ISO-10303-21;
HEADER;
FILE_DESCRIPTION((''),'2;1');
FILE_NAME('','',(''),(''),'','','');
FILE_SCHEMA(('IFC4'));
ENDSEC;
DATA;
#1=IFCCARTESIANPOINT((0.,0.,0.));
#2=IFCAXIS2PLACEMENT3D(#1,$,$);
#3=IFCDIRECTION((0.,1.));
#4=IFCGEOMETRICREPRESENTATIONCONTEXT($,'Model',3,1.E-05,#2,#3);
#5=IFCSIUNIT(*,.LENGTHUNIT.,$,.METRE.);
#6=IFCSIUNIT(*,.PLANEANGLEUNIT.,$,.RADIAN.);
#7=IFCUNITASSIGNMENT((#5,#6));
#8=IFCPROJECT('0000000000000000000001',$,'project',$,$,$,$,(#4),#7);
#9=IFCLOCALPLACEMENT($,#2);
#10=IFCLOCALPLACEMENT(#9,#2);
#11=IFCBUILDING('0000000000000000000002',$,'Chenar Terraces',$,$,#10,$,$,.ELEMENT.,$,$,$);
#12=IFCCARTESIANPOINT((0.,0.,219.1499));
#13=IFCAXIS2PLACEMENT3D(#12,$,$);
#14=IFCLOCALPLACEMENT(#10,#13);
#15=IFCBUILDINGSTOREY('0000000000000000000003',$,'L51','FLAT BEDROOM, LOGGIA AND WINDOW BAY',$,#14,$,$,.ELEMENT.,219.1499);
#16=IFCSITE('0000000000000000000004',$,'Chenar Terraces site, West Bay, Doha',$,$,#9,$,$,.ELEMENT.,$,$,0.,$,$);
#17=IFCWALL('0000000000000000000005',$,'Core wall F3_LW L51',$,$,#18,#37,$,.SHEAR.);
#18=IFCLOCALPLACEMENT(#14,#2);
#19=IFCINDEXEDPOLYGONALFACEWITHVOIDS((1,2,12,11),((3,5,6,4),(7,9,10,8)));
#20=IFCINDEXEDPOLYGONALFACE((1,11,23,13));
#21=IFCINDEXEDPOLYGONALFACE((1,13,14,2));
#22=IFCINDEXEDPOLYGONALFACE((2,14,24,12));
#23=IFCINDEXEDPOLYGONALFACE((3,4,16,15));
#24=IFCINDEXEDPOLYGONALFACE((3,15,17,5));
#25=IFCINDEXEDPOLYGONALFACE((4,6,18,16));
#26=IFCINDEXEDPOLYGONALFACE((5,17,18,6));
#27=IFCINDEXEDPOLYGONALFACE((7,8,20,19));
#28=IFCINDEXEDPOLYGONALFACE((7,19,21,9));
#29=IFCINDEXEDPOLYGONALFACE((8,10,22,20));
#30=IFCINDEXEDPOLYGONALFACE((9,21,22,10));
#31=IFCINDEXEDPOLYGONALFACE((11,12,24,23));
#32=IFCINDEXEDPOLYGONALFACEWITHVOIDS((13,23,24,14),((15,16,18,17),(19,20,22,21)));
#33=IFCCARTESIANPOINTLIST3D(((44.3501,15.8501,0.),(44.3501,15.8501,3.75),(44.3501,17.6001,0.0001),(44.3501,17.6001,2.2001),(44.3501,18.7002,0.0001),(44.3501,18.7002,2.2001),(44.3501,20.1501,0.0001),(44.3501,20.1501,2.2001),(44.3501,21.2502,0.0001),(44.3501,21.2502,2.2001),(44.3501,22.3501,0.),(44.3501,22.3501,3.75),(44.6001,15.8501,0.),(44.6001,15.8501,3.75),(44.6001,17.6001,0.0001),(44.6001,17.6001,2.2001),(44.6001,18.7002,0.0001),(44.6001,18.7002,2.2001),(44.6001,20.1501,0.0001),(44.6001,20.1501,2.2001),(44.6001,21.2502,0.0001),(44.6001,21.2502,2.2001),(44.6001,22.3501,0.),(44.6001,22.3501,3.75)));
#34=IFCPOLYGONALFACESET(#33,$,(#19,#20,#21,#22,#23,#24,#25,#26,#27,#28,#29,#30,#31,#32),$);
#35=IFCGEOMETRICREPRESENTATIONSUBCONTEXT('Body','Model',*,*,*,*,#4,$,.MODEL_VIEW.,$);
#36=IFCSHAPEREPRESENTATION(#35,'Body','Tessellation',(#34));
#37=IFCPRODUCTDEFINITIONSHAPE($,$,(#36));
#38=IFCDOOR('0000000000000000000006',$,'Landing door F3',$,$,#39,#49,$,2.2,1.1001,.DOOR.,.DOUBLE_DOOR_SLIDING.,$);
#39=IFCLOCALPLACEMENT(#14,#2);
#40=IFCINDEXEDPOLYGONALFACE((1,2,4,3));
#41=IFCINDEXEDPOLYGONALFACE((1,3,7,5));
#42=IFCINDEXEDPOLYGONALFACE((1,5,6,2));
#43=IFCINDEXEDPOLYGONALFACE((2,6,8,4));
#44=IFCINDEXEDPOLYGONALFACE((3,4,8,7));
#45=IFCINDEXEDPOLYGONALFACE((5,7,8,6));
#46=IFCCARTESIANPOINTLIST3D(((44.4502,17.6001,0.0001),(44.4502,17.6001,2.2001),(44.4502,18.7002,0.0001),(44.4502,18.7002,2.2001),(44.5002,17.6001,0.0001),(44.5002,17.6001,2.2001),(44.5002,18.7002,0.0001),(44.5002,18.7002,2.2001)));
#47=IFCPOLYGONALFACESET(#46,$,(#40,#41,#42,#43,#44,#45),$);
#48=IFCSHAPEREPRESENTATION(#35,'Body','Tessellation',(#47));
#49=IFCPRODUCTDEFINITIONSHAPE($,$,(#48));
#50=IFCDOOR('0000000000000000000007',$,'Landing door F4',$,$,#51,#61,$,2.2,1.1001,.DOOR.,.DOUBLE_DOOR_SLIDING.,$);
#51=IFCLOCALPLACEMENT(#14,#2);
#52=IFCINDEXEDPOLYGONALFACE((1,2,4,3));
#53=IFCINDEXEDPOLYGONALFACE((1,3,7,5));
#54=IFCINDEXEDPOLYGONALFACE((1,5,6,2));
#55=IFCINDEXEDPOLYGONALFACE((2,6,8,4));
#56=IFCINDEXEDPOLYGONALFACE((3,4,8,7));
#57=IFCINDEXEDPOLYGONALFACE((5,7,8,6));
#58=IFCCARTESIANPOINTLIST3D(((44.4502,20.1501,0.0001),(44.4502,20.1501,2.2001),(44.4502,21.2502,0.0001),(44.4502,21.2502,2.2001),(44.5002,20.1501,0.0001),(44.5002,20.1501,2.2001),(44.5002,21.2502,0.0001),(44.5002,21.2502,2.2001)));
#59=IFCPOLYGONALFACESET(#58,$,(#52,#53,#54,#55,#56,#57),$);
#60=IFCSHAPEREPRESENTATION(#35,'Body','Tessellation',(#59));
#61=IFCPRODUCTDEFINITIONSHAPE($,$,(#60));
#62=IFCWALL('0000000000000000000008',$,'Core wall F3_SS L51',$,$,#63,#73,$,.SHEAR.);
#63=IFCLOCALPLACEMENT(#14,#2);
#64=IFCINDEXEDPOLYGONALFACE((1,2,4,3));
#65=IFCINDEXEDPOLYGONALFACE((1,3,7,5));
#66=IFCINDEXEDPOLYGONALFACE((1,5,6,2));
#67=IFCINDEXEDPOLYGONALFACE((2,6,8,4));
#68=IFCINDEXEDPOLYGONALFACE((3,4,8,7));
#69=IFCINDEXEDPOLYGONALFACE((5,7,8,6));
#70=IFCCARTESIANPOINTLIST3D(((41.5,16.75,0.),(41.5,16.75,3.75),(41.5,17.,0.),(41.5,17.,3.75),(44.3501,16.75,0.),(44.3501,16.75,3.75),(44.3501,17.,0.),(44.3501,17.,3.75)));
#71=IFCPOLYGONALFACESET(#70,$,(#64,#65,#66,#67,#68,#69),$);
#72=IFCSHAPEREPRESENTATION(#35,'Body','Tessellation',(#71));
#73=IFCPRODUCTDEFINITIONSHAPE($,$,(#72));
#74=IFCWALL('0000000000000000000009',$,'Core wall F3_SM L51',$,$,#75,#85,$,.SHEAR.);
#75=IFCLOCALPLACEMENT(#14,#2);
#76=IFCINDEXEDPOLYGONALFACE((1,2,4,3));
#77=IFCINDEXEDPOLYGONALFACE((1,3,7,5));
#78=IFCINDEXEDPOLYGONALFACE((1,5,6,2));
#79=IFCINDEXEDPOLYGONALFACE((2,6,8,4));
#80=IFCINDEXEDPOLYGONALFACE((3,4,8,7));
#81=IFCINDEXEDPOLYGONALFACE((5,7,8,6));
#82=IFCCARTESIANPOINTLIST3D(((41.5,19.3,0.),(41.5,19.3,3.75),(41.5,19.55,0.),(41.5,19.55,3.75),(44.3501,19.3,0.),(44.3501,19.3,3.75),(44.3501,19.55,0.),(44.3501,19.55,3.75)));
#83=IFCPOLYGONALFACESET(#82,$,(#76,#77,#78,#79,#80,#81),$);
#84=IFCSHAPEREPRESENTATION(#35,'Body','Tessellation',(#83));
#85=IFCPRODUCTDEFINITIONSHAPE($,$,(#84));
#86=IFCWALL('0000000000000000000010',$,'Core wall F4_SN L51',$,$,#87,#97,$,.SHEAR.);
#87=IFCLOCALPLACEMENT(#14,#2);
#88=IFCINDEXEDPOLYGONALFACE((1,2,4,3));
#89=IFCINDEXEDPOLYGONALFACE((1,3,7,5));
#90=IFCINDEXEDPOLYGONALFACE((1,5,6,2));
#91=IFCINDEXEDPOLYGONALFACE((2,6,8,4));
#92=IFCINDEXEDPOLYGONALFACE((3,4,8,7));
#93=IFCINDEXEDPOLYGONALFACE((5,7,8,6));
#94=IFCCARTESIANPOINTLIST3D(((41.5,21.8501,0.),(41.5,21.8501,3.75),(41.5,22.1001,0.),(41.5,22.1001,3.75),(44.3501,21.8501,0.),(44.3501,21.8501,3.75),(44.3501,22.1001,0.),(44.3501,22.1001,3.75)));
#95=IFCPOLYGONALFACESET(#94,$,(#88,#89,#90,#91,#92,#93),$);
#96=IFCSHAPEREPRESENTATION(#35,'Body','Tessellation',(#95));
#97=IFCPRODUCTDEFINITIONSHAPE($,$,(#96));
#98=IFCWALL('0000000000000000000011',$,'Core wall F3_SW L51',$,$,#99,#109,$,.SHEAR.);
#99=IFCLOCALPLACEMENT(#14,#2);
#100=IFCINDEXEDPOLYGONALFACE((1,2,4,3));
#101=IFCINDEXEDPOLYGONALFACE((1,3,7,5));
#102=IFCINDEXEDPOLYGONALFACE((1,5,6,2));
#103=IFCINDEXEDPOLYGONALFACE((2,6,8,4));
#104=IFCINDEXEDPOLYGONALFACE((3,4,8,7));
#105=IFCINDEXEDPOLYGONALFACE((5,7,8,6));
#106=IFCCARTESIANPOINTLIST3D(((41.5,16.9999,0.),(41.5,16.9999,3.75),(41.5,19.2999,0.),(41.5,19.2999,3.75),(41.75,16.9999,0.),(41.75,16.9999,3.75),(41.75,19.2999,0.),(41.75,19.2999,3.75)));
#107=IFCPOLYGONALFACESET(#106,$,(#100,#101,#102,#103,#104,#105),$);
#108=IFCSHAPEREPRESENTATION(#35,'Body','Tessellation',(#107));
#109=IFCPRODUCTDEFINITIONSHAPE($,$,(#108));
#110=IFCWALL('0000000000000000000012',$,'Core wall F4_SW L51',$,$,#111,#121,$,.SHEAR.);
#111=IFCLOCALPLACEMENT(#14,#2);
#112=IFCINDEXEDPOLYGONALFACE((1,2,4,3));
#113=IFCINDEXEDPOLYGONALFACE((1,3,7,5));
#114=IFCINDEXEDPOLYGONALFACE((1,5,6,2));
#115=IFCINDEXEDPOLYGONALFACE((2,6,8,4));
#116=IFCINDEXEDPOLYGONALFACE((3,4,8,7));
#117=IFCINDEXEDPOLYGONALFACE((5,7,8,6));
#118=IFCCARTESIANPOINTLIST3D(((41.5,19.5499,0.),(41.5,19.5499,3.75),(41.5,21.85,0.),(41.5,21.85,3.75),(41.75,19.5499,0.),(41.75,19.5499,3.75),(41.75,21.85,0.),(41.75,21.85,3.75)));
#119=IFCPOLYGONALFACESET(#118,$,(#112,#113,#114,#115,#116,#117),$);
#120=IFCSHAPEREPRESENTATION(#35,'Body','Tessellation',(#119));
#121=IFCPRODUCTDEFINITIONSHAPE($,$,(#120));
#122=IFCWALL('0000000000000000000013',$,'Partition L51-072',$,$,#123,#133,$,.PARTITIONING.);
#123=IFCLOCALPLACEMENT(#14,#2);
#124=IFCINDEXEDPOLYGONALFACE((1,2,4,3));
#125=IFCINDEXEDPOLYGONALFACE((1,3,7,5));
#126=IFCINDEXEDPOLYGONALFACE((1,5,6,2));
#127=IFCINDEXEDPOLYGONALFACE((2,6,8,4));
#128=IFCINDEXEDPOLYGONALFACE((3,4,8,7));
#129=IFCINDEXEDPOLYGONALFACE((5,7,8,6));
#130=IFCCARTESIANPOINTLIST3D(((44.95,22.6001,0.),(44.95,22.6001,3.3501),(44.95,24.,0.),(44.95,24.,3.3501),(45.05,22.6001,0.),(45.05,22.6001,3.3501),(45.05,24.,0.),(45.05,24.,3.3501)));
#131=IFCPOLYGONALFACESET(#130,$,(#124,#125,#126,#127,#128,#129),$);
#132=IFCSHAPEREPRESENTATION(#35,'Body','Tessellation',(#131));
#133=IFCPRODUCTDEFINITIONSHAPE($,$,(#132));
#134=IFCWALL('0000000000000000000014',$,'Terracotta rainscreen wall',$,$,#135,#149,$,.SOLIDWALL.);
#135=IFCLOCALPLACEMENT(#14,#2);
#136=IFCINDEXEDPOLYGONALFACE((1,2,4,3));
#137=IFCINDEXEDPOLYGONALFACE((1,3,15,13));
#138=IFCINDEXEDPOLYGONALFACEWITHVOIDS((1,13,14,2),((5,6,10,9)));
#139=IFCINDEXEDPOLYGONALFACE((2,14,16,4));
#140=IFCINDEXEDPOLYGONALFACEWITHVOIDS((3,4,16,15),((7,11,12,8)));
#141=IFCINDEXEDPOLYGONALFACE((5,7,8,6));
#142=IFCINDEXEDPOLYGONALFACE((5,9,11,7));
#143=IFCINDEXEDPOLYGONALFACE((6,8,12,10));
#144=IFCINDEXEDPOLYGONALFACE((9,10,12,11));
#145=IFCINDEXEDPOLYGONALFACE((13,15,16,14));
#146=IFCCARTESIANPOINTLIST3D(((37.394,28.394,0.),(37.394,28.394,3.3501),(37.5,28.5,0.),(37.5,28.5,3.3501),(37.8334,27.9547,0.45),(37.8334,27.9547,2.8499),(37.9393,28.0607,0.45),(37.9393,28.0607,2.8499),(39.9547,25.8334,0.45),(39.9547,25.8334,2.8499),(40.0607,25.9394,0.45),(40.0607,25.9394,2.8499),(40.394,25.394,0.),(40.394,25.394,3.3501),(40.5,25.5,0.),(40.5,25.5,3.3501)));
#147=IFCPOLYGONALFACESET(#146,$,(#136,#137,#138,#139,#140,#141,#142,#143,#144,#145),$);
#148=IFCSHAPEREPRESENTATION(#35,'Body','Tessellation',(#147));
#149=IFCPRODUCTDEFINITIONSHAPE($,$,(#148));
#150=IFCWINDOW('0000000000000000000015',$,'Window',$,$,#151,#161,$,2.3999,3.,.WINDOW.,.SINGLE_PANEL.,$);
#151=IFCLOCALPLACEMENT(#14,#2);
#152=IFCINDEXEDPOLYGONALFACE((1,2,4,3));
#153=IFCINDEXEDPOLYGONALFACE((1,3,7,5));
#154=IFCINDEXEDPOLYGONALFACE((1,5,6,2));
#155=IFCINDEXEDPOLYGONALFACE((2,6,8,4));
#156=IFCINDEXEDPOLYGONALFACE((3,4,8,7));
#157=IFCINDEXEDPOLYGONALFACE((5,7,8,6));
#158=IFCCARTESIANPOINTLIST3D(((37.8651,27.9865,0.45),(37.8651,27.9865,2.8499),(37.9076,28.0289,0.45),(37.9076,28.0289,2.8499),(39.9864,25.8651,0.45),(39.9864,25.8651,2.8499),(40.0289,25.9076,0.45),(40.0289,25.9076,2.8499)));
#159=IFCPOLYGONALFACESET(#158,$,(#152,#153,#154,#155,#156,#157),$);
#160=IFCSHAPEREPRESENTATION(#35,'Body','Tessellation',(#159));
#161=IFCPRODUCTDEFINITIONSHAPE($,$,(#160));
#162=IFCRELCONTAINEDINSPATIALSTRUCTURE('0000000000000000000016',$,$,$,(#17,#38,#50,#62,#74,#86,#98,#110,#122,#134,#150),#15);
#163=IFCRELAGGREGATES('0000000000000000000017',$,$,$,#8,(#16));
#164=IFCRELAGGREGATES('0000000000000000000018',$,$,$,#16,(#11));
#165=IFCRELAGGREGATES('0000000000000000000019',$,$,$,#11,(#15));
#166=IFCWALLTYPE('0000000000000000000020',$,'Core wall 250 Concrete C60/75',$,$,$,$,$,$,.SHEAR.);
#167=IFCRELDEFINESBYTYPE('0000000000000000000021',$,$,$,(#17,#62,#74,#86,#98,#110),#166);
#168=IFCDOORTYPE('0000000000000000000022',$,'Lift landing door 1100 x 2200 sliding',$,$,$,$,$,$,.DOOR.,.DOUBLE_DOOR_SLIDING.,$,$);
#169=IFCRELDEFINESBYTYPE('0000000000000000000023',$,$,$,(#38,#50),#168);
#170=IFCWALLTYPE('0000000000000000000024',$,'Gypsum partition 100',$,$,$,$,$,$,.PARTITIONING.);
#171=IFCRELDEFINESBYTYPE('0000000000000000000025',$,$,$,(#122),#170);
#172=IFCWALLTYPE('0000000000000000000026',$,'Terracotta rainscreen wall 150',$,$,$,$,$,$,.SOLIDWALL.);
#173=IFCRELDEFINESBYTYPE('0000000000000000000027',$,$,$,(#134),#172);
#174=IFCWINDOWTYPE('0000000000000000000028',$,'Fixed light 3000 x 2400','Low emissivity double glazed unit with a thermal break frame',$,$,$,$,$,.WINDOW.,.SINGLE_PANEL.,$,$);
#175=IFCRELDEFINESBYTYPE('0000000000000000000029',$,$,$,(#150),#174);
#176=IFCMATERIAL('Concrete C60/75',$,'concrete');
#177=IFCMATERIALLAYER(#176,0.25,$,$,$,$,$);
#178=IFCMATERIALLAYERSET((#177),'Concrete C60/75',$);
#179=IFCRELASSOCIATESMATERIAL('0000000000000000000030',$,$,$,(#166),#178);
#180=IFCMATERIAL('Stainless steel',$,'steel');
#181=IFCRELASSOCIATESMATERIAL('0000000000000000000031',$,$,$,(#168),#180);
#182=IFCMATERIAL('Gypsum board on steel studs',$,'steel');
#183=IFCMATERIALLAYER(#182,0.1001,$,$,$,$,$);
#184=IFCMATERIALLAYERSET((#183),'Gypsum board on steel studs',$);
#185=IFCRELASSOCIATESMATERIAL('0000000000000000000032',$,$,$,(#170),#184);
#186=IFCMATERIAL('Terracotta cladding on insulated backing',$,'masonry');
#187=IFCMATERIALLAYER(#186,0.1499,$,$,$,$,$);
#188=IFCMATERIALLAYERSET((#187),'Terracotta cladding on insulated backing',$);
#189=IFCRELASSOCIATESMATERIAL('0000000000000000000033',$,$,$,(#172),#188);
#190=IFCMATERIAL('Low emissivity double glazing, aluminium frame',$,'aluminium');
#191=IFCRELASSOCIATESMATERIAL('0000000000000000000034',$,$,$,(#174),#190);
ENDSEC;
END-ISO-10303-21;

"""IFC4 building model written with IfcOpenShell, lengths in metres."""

from ifc_helpers import new_model, si_unit, direction, frame, frame_2d, origin, place, context, subcontext, project, spatial, rectangle, extrude, material, layer, layer_set, type_object, element, fill, save


model = new_model("IFC4")

# Units and contexts
model_context = context("Model", 3, precision=1e-05, world=origin(), true_north=direction((0.0, 1.0)))
body_context = subcontext(model_context, "Body", "Model", "MODEL_VIEW")
ifc_project = project(units=[si_unit("LENGTHUNIT", "METRE"), si_unit("PLANEANGLEUNIT", "RADIAN")], contexts=[model_context])

# Site, building, storey
site_placement = place(None, origin())
site = spatial("IfcSite", under=ifc_project, at=site_placement, Name="Chenar Terraces site, West Bay, Doha", CompositionType="ELEMENT", RefElevation=0.0)
building_placement = place(site_placement, origin())
building = spatial("IfcBuilding", under=site, at=building_placement, Name="Chenar Terraces", CompositionType="ELEMENT")
storey_placement = place(building_placement, frame((0.0, 0.0, 219.1499)))
storey = spatial("IfcBuildingStorey", under=building, at=storey_placement, Name="L51", Description="FLAT BEDROOM, LOGGIA AND WINDOW BAY", CompositionType="ELEMENT", Elevation=219.1499)

# Shared definitions
ifc_material_1 = material(Name="Concrete C60/75", Category="concrete")
ifc_layer_1 = layer(ifc_material_1, 0.25)
ifc_layer_set_1 = layer_set([ifc_layer_1], Name="Concrete C60/75")
wall_type_1 = type_object("IfcWallType", Name="Core wall 250 Concrete C60/75", PredefinedType="SHEAR", material=ifc_layer_set_1)

# Wall, openings, doors
wall_1_placement = place(storey_placement, frame((44.4751, 15.8501, 0.0), z_axis=(0.0, 0.0, 1.0), x_axis=(0.0, 1.0, 0.0)))
wall_1 = element("IfcWall", 1, at=wall_1_placement, inside=storey, type_object=wall_type_1, Name="Core wall F3_LW L51", PredefinedType="SHEAR", context=body_context, shape_type="SweptSolid", body=[
    extrude(rectangle(XDim=6.5, YDim=0.25, at=frame_2d((3.25, 0.0))), origin(), (0.0, 0.0, 1.0), 3.75),
])
opening_1_placement = place(wall_1_placement, frame((1.75, 0.0, 0.0)))
opening_1 = element("IfcOpeningElement", 2, at=opening_1_placement, cuts=wall_1, PredefinedType="OPENING", context=body_context, shape_type="SweptSolid", body=[
    extrude(rectangle(XDim=1.1001, YDim=2.2, at=frame_2d((0.55, 1.1001))), frame((0.0, 0.135, 0.0), z_axis=(0.0, -1.0, 0.0), x_axis=(1.0, 0.0, 0.0)), (0.0, 0.0, 1.0), 0.27),
])
opening_2_placement = place(wall_1_placement, frame((4.3, 0.0, 0.0)))
opening_2 = element("IfcOpeningElement", 3, at=opening_2_placement, cuts=wall_1, PredefinedType="OPENING", context=body_context, shape_type="SweptSolid", body=[
    extrude(rectangle(XDim=1.1001, YDim=2.2, at=frame_2d((0.55, 1.1001))), frame((0.0, 0.135, 0.0), z_axis=(0.0, -1.0, 0.0), x_axis=(1.0, 0.0, 0.0)), (0.0, 0.0, 1.0), 0.27),
])
ifc_material_2 = material(Name="Stainless steel", Category="steel")
door_type_1 = type_object("IfcDoorType", Name="Lift landing door 1100 x 2200 sliding", OperationType="DOUBLE_DOOR_SLIDING", PredefinedType="DOOR", material=ifc_material_2)
door_1_placement = place(opening_1_placement, origin())
door_1 = element("IfcDoor", 4, at=door_1_placement, inside=storey, type_object=door_type_1, Name="Landing door F3", OperationType="DOUBLE_DOOR_SLIDING", OverallHeight=2.2, OverallWidth=1.1001, PredefinedType="DOOR", context=body_context, shape_type="SweptSolid", body=[
    extrude(rectangle(XDim=1.1001, YDim=2.2, at=frame_2d((0.55, 1.1001))), frame((0.0, 0.0249, 0.0), z_axis=(0.0, -1.0, 0.0), x_axis=(1.0, 0.0, 0.0)), (0.0, 0.0, 1.0), 0.05),
])
fill(opening_1, door_1)
door_2_placement = place(opening_2_placement, origin())
door_2 = element("IfcDoor", 5, at=door_2_placement, inside=storey, type_object=door_type_1, Name="Landing door F4", OperationType="DOUBLE_DOOR_SLIDING", OverallHeight=2.2, OverallWidth=1.1001, PredefinedType="DOOR", context=body_context, shape_type="SweptSolid", body=[
    extrude(rectangle(XDim=1.1001, YDim=2.2, at=frame_2d((0.55, 1.1001))), frame((0.0, 0.0249, 0.0), z_axis=(0.0, -1.0, 0.0), x_axis=(1.0, 0.0, 0.0)), (0.0, 0.0, 1.0), 0.05),
])
fill(opening_2, door_2)

# Walls
for number, where, z_axis, x_axis, name in (
    (6, (41.5, 16.875, 0.0), (0.0, 0.0, 1.0), (1.0, 0.0, 0.0), "Core wall F3_SS L51"),
    (7, (41.5, 19.425, 0.0), (0.0, 0.0, 1.0), (1.0, 0.0, 0.0), "Core wall F3_SM L51"),
    (8, (41.5, 21.9751, 0.0), (0.0, 0.0, 1.0), (1.0, 0.0, 0.0), "Core wall F4_SN L51"),
):
    element("IfcWall", number, at=place(storey_placement, frame(where, z_axis=z_axis, x_axis=x_axis)), inside=storey, type_object=wall_type_1, Name=name, PredefinedType="SHEAR", context=body_context, shape_type="SweptSolid", body=[
        extrude(rectangle(XDim=2.8501, YDim=0.25, at=frame_2d((1.425, 0.0))), origin(), (0.0, 0.0, 1.0), 3.75),
    ])
for number, where, z_axis, x_axis, name in (
    (9, (41.625, 17.0, 0.0), (0.0, 0.0, 1.0), (0.0, 1.0, 0.0), "Core wall F3_SW L51"),
    (10, (41.625, 19.55, 0.0), (0.0, 0.0, 1.0), (0.0, 1.0, 0.0), "Core wall F4_SW L51"),
):
    element("IfcWall", number, at=place(storey_placement, frame(where, z_axis=z_axis, x_axis=x_axis)), inside=storey, type_object=wall_type_1, Name=name, PredefinedType="SHEAR", context=body_context, shape_type="SweptSolid", body=[
        extrude(rectangle(XDim=2.3, YDim=0.25, at=frame_2d((1.1499, 0.0))), origin(), (0.0, 0.0, 1.0), 3.75),
    ])
ifc_material_3 = material(Name="Gypsum board on steel studs", Category="steel")
ifc_layer_2 = layer(ifc_material_3, 0.1001)
ifc_layer_set_2 = layer_set([ifc_layer_2], Name="Gypsum board on steel studs")
wall_type_2 = type_object("IfcWallType", Name="Gypsum partition 100", PredefinedType="PARTITIONING", material=ifc_layer_set_2)
wall_2_placement = place(storey_placement, frame((45.0, 22.6001, 0.0), z_axis=(0.0, 0.0, 1.0), x_axis=(0.0, 1.0, 0.0)))
element("IfcWall", 11, at=wall_2_placement, inside=storey, type_object=wall_type_2, Name="Partition L51-072", PredefinedType="PARTITIONING", context=body_context, shape_type="SweptSolid", body=[
    extrude(rectangle(XDim=1.3999, YDim=0.1001, at=frame_2d((0.7, 0.0))), origin(), (0.0, 0.0, 1.0), 3.3501),
])

# Wall, opening, window
ifc_material_4 = material(Name="Terracotta cladding on insulated backing", Category="masonry")
ifc_layer_3 = layer(ifc_material_4, 0.1499)
ifc_layer_set_3 = layer_set([ifc_layer_3], Name="Terracotta cladding on insulated backing")
wall_type_3 = type_object("IfcWallType", Name="Terracotta rainscreen wall 150", PredefinedType="SOLIDWALL", material=ifc_layer_set_3)
wall_3_placement = place(storey_placement, frame((40.447, 25.447, 0.0), z_axis=(0.0, 0.0, 1.0), x_axis=(-0.707107, 0.707107, 0.0)))
wall_3 = element("IfcWall", 12, at=wall_3_placement, inside=storey, type_object=wall_type_3, Name="Terracotta rainscreen wall", PredefinedType="SOLIDWALL", context=body_context, shape_type="SweptSolid", body=[
    extrude(rectangle(XDim=4.2427, YDim=0.1499, at=frame_2d((2.1213, 0.0))), origin(), (0.0, 0.0, 1.0), 3.3501),
])
opening_3_placement = place(wall_3_placement, frame((0.6213, 0.0, 0.45)))
opening_3 = element("IfcOpeningElement", 13, at=opening_3_placement, cuts=wall_3, PredefinedType="OPENING", context=body_context, shape_type="SweptSolid", body=[
    extrude(rectangle(XDim=3.0, YDim=2.3999, at=frame_2d((1.5, 1.2))), frame((0.0, 0.085, 0.0), z_axis=(0.0, -1.0, 0.0), x_axis=(1.0, 0.0, 0.0)), (0.0, 0.0, 1.0), 0.1699),
])
ifc_material_5 = material(Name="Low emissivity double glazing, aluminium frame", Category="aluminium")
window_type = type_object("IfcWindowType", Name="Fixed light 3000 x 2400", Description="Low emissivity double glazed unit with a thermal break frame", PartitioningType="SINGLE_PANEL", PredefinedType="WINDOW", material=ifc_material_5)
window_placement = place(opening_3_placement, origin())
window = element("IfcWindow", 14, at=window_placement, inside=storey, type_object=window_type, Name="Window", OverallHeight=2.3999, OverallWidth=3.0, PartitioningType="SINGLE_PANEL", PredefinedType="WINDOW", context=body_context, shape_type="SweptSolid", body=[
    extrude(rectangle(XDim=3.0, YDim=2.3999, at=frame_2d((1.5, 1.2))), frame((0.0, 0.03, 0.0), z_axis=(0.0, -1.0, 0.0), x_axis=(1.0, 0.0, 0.0)), (0.0, 0.0, 1.0), 0.0601),
])
fill(opening_3, window)

save(model, "model.ifc")
